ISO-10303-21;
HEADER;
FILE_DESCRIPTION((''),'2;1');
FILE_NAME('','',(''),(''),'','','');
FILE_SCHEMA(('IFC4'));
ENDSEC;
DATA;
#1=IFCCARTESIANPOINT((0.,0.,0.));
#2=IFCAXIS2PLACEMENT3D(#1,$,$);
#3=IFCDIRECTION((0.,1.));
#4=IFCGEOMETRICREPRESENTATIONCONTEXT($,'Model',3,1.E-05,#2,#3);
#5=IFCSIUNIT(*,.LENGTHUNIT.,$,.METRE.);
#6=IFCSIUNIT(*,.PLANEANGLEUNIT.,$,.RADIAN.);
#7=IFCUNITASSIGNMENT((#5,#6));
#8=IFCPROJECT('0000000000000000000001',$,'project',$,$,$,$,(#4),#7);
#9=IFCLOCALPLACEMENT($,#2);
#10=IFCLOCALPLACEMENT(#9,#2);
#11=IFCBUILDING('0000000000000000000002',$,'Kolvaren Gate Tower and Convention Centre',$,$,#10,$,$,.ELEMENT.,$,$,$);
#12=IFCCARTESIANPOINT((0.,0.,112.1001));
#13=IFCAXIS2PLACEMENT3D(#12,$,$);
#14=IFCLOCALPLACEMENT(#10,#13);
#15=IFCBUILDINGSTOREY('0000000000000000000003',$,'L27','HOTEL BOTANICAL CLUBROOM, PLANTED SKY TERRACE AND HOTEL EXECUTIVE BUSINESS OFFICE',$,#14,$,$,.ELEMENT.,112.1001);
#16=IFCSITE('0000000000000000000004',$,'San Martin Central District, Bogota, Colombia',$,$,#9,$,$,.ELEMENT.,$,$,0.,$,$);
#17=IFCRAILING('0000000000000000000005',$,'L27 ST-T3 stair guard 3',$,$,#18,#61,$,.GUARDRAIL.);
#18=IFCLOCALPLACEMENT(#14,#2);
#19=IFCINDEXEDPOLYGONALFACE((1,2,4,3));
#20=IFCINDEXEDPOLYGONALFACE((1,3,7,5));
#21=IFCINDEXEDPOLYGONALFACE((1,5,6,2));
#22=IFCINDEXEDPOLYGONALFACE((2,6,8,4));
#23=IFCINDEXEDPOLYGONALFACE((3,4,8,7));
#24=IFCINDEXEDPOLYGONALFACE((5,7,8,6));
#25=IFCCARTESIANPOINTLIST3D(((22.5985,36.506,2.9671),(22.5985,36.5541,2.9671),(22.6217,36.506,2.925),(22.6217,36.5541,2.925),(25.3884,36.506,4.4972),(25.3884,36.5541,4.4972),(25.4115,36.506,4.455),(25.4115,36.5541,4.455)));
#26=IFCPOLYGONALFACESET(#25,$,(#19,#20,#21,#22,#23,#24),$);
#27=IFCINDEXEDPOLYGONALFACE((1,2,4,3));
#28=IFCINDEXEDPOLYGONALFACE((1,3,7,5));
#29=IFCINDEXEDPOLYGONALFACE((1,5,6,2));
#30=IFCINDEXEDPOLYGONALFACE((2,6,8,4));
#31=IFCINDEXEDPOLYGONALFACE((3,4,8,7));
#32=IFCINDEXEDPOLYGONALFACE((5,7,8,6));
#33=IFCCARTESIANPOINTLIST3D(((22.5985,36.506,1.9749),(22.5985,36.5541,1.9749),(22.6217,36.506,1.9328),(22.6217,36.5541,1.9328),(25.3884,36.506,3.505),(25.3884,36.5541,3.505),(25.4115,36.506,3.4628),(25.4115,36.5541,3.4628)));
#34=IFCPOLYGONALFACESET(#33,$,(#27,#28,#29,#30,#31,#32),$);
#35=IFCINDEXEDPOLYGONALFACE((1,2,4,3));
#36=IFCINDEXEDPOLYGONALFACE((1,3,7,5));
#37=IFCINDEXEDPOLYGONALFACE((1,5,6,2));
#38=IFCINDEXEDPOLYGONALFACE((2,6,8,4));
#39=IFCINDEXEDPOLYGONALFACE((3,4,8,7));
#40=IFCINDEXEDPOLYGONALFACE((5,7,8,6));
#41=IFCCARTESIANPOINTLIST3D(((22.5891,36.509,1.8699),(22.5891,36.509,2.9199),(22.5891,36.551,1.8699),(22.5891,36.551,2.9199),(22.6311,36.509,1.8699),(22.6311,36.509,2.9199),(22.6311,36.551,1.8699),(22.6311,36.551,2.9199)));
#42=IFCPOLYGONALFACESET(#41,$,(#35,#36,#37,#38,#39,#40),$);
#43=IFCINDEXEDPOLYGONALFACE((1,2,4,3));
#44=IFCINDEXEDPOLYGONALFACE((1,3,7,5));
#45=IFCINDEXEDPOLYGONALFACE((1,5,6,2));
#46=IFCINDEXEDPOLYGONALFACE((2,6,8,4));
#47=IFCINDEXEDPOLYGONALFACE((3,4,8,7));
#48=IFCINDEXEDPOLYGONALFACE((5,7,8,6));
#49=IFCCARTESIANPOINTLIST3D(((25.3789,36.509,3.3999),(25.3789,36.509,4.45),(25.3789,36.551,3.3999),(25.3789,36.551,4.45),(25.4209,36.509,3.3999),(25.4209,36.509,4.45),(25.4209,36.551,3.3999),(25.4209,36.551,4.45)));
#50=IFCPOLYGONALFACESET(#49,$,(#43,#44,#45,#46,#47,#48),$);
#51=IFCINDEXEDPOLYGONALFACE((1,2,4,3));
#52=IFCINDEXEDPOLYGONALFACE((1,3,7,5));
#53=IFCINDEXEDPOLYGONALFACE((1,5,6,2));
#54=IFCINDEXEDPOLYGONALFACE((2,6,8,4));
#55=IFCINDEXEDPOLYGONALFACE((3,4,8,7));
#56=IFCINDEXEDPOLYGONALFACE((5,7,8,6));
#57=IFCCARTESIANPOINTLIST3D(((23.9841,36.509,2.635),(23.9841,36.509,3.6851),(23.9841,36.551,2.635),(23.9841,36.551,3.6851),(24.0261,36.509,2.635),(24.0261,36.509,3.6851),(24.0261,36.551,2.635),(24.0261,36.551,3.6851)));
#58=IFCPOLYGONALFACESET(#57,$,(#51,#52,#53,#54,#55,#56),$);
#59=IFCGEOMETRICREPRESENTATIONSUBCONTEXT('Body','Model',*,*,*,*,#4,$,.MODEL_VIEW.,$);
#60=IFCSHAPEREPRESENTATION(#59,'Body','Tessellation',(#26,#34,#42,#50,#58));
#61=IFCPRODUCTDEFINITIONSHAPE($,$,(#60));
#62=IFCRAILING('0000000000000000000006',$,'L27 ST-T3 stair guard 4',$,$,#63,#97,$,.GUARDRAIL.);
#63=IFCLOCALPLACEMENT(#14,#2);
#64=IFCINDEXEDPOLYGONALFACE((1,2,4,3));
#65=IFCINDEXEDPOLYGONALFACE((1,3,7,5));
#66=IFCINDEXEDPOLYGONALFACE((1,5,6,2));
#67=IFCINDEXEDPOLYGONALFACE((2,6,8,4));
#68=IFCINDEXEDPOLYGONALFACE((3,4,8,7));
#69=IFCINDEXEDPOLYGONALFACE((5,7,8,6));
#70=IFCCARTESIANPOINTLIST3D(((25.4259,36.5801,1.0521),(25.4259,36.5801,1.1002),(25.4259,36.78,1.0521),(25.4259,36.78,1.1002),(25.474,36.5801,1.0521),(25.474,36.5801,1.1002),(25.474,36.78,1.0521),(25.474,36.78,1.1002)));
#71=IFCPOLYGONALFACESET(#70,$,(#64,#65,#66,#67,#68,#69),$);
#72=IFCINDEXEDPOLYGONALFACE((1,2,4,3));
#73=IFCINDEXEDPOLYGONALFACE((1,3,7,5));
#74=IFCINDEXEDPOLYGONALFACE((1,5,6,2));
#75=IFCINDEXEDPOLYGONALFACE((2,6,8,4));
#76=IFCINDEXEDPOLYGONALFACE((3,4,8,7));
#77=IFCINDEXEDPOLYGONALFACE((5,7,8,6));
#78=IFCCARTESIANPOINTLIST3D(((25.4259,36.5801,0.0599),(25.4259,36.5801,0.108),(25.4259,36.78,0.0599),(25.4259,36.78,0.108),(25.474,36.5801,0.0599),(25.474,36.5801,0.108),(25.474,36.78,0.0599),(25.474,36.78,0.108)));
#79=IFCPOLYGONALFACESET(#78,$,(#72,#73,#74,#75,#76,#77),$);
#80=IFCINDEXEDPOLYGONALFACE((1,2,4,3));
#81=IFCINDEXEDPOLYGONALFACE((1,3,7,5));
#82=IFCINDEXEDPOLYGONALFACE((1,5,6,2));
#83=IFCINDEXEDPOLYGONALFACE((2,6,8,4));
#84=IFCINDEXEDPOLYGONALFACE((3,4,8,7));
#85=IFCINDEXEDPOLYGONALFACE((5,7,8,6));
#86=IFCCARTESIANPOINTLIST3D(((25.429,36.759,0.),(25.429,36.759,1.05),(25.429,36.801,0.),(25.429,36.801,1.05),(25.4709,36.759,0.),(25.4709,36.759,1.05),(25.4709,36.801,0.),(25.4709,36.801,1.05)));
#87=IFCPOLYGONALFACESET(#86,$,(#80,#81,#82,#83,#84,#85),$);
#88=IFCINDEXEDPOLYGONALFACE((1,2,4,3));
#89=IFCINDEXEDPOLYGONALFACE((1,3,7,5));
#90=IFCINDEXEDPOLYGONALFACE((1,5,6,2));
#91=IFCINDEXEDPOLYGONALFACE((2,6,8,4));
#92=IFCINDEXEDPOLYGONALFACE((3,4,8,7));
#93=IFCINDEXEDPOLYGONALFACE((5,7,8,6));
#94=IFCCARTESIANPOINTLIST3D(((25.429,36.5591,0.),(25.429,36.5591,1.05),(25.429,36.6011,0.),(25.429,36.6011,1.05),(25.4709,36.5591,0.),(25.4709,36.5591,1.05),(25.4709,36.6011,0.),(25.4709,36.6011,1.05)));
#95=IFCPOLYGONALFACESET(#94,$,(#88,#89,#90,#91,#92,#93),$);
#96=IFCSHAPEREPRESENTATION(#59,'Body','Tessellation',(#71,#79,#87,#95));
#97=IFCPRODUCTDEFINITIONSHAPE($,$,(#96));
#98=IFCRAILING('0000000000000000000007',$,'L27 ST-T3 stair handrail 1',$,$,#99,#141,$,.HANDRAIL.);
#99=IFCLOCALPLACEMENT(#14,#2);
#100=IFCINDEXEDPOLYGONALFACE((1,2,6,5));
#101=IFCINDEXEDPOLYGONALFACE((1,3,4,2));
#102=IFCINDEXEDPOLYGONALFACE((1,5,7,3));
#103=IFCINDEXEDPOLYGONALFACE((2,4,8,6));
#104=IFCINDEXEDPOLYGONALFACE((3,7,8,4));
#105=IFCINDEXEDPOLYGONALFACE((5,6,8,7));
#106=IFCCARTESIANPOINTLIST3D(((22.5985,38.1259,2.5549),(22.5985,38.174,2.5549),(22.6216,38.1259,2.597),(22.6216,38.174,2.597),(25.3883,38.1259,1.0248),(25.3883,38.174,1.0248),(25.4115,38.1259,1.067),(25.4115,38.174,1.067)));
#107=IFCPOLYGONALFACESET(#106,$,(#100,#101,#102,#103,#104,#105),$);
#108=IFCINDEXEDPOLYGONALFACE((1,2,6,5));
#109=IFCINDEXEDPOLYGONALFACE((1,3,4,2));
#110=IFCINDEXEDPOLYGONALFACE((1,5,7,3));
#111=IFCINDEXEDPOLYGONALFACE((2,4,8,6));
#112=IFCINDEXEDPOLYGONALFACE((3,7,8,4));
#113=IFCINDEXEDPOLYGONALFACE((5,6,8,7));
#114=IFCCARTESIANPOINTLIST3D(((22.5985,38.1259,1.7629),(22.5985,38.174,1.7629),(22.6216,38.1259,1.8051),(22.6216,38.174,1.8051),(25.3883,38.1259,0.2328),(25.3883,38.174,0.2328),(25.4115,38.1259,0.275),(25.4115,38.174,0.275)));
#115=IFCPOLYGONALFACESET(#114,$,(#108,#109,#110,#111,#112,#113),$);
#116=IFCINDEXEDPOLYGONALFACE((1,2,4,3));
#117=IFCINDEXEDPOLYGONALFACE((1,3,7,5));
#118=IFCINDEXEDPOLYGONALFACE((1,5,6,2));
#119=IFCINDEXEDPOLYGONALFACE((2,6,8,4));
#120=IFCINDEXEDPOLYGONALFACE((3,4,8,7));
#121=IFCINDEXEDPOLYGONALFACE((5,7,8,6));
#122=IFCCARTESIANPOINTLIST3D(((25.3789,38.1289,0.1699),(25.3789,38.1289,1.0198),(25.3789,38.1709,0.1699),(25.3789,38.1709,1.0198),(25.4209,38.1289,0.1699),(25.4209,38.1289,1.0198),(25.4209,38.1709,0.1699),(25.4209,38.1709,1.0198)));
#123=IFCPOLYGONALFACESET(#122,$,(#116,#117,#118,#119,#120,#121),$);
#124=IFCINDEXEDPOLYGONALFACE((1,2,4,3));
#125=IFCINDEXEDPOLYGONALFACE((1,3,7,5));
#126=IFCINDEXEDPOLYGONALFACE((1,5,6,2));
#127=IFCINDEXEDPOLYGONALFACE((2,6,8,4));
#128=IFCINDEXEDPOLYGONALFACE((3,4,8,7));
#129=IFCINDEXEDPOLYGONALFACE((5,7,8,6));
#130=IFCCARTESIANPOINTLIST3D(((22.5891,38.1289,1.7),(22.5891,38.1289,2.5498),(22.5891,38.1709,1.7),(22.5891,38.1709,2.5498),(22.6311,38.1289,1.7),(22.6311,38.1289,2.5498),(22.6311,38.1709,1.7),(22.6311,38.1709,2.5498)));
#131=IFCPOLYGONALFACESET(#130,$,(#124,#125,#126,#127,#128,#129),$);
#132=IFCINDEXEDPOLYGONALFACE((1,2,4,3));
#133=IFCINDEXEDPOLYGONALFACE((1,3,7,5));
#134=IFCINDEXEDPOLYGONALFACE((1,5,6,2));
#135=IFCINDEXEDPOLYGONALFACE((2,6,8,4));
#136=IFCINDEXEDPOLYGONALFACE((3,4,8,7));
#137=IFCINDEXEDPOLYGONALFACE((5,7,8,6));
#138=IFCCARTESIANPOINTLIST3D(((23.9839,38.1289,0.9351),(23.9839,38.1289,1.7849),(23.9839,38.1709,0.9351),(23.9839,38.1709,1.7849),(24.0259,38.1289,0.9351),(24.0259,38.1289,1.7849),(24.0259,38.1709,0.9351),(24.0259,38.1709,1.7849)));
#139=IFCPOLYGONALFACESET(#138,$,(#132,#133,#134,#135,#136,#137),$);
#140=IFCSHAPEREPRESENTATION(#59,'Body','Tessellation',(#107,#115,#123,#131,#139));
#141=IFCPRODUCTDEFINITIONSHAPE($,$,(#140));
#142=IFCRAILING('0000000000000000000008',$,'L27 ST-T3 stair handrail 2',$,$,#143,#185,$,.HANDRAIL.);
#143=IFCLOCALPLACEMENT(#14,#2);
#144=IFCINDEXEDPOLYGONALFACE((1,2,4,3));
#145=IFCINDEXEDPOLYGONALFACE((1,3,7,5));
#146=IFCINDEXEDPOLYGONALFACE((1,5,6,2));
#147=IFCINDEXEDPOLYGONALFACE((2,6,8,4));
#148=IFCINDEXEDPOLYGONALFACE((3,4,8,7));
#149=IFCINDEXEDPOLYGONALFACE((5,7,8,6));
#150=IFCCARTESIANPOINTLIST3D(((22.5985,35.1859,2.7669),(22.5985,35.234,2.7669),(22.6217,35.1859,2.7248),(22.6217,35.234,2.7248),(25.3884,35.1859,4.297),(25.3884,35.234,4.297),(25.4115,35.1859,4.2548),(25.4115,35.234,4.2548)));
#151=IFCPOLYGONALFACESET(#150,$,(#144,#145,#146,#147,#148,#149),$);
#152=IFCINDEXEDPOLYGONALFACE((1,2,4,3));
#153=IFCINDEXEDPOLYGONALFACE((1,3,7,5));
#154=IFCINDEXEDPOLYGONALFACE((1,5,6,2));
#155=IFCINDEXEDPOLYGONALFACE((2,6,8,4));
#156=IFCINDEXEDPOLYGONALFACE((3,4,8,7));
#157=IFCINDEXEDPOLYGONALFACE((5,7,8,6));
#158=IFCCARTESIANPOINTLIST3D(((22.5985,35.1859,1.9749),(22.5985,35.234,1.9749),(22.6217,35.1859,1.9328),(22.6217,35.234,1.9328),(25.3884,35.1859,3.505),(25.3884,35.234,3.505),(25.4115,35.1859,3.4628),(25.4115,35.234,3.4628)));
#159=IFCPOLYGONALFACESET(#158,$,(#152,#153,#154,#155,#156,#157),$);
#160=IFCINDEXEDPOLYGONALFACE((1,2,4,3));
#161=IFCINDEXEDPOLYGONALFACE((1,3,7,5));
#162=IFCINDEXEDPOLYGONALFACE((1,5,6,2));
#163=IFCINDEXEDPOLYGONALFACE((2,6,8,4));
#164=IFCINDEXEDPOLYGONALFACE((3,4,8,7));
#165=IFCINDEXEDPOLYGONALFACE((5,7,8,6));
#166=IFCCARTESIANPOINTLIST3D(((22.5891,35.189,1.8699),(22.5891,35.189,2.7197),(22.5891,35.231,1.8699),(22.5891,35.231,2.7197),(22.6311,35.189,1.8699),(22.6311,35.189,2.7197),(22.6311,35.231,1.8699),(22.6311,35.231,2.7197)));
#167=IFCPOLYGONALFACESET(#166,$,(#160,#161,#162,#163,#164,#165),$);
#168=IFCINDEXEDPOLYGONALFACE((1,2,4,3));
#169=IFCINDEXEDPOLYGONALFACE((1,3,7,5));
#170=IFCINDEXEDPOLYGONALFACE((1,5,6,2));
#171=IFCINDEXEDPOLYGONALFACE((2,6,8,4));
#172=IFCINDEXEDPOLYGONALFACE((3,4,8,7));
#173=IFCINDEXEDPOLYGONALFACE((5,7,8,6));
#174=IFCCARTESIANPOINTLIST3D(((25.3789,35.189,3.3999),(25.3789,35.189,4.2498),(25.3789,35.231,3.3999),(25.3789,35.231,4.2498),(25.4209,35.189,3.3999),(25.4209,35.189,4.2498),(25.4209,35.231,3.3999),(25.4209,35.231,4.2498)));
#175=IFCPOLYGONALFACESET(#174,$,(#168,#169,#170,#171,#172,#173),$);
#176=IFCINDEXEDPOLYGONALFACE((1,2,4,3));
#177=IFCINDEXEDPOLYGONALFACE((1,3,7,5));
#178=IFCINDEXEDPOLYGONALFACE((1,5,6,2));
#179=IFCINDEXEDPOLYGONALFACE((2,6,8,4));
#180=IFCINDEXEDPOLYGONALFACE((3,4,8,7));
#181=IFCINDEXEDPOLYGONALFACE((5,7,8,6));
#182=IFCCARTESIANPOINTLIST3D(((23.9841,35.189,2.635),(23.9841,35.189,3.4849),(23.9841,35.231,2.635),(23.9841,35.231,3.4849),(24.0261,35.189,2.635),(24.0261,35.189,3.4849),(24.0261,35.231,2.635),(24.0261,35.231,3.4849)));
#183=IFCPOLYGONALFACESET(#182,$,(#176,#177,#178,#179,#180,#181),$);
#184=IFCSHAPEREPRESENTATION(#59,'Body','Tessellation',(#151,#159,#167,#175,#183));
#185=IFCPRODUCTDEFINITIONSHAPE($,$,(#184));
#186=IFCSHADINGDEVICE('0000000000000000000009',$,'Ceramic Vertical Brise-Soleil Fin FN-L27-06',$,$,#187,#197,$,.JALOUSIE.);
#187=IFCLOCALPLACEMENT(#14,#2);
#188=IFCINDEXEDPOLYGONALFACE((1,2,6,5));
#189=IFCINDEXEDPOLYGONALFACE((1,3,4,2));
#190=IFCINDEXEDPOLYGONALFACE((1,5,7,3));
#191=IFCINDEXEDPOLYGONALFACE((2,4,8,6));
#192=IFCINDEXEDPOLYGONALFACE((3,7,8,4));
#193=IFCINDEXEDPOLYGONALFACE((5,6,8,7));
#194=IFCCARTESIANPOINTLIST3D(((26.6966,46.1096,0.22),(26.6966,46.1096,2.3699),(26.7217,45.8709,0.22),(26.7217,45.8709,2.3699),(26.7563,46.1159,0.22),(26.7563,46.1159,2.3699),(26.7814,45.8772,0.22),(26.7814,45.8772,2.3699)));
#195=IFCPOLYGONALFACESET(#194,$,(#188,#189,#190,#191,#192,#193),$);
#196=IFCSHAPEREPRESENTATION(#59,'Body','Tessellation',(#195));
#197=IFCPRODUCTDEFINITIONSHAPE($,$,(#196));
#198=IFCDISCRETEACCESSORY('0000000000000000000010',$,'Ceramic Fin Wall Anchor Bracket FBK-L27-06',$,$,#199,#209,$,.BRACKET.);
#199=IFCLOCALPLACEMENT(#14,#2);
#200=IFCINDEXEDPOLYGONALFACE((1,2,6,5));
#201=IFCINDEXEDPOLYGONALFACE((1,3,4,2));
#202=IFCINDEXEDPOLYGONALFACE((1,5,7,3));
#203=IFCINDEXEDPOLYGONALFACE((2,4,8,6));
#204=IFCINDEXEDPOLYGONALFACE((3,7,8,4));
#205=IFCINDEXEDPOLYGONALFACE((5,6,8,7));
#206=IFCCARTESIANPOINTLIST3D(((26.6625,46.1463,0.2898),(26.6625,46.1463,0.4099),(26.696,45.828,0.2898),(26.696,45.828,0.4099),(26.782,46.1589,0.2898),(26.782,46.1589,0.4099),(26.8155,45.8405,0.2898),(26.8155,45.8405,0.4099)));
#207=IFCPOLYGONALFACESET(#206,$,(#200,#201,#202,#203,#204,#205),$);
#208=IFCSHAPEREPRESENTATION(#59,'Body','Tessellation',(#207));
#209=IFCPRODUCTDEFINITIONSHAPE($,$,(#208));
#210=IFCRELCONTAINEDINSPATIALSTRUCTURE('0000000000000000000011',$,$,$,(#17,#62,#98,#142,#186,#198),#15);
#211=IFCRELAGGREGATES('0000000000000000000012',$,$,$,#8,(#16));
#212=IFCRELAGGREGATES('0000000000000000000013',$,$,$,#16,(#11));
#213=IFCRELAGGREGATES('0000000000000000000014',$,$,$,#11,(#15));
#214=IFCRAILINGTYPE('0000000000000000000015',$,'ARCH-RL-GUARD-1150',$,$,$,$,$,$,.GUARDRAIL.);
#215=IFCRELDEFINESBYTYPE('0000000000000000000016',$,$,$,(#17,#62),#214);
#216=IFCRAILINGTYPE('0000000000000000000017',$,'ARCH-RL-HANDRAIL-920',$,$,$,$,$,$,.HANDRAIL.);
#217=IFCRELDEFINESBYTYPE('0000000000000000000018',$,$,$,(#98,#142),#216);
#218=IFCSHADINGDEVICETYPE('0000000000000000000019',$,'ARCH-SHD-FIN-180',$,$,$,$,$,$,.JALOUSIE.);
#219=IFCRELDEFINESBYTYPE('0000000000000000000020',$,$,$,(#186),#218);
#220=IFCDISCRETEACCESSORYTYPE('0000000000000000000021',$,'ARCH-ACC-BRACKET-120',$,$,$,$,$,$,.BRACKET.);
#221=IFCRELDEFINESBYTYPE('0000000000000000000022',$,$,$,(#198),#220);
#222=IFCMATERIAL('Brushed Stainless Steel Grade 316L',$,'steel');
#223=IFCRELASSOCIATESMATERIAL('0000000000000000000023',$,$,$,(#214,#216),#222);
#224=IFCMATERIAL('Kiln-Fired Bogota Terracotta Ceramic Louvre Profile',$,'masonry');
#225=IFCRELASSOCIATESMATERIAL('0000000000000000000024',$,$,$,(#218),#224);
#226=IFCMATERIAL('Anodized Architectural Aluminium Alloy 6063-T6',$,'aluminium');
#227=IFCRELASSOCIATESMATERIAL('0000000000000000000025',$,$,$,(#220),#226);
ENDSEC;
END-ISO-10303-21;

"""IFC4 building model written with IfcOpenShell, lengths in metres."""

from ifc_helpers import new_model, si_unit, direction, frame, origin, origin_2d, place, context, subcontext, project, spatial, rectangle, extrude, material, type_object, element, save


model = new_model("IFC4")

# Units and contexts
model_context = context("Model", 3, precision=1e-05, world=origin(), true_north=direction((0.0, 1.0)))
body_context = subcontext(model_context, "Body", "Model", "MODEL_VIEW")
ifc_project = project(units=[si_unit("LENGTHUNIT", "METRE"), si_unit("PLANEANGLEUNIT", "RADIAN")], contexts=[model_context])

# Site, building, storey
site_placement = place(None, origin())
site = spatial("IfcSite", under=ifc_project, at=site_placement, Name="San Martin Central District, Bogota, Colombia", CompositionType="ELEMENT", RefElevation=0.0)
building_placement = place(site_placement, origin())
building = spatial("IfcBuilding", under=site, at=building_placement, Name="Kolvaren Gate Tower and Convention Centre", CompositionType="ELEMENT")
storey_placement = place(building_placement, frame((0.0, 0.0, 112.1001)))
storey = spatial("IfcBuildingStorey", under=building, at=storey_placement, Name="L27", Description="HOTEL BOTANICAL CLUBROOM, PLANTED SKY TERRACE AND HOTEL EXECUTIVE BUSINESS OFFICE", CompositionType="ELEMENT", Elevation=112.1001)

# Railings
ifc_material_1 = material(Name="Brushed Stainless Steel Grade 316L", Category="steel")
railing_type_1 = type_object("IfcRailingType", Name="ARCH-RL-GUARD-1150", PredefinedType="GUARDRAIL", material=ifc_material_1)
railing_1_placement = place(storey_placement, frame((22.6101, 36.53, 1.8699)))
element("IfcRailing", 1, at=railing_1_placement, inside=storey, type_object=railing_type_1, Name="L27 ST-T3 stair guard 3", PredefinedType="GUARDRAIL", context=body_context, shape_type="SweptSolid", body=[
    extrude(rectangle(XDim=0.0481, YDim=0.0481, at=origin_2d()), frame((0.0, 0.0, 1.0762), z_axis=(0.876794, 0.0, 0.480867), x_axis=(0.0, 1.0, 0.0)), (0.0, 0.0, 1.0), 3.1819),
    extrude(rectangle(XDim=0.0481, YDim=0.0481, at=origin_2d()), frame((0.0, 0.0, 0.084), z_axis=(0.876794, 0.0, 0.480867), x_axis=(0.0, 1.0, 0.0)), (0.0, 0.0, 1.0), 3.1819),
    extrude(rectangle(XDim=0.042, YDim=0.042, at=origin_2d()), origin(), (0.0, 0.0, 1.0), 1.05),
    extrude(rectangle(XDim=0.042, YDim=0.042, at=origin_2d()), frame((2.7898, 0.0, 1.53)), (0.0, 0.0, 1.0), 1.05),
    extrude(rectangle(XDim=0.042, YDim=0.042, at=origin_2d()), frame((1.395, 0.0, 0.7651)), (0.0, 0.0, 1.0), 1.05),
])
railing_2_placement = place(storey_placement, frame((25.45, 36.78, 0.0)))
element("IfcRailing", 2, at=railing_2_placement, inside=storey, type_object=railing_type_1, Name="L27 ST-T3 stair guard 4", PredefinedType="GUARDRAIL", context=body_context, shape_type="SweptSolid", body=[
    extrude(rectangle(XDim=0.0481, YDim=0.0481, at=origin_2d()), frame((0.0, 0.0, 1.0762), z_axis=(0.0, -1.0, 0.0), x_axis=(1.0, 0.0, 0.0)), (0.0, 0.0, 1.0), 0.2),
    extrude(rectangle(XDim=0.0481, YDim=0.0481, at=origin_2d()), frame((0.0, 0.0, 0.084), z_axis=(0.0, -1.0, 0.0), x_axis=(1.0, 0.0, 0.0)), (0.0, 0.0, 1.0), 0.2),
    extrude(rectangle(XDim=0.042, YDim=0.042, at=origin_2d()), origin(), (0.0, 0.0, 1.0), 1.05),
    extrude(rectangle(XDim=0.042, YDim=0.042, at=origin_2d()), frame((0.0, -0.2, 0.0)), (0.0, 0.0, 1.0), 1.05),
])
railing_type_2 = type_object("IfcRailingType", Name="ARCH-RL-HANDRAIL-920", PredefinedType="HANDRAIL", material=ifc_material_1)
railing_3_placement = place(storey_placement, frame((25.3999, 38.1499, 0.1699)))
element("IfcRailing", 3, at=railing_3_placement, inside=storey, type_object=railing_type_2, Name="L27 ST-T3 stair handrail 1", PredefinedType="HANDRAIL", context=body_context, shape_type="SweptSolid", body=[
    extrude(rectangle(XDim=0.0481, YDim=0.0481, at=origin_2d()), frame((0.0, 0.0, 0.876), z_axis=(-0.876794, 0.0, 0.480867), x_axis=(0.0, -1.0, 0.0)), (0.0, 0.0, 1.0), 3.1819),
    extrude(rectangle(XDim=0.0481, YDim=0.0481, at=origin_2d()), frame((0.0, 0.0, 0.084), z_axis=(-0.876794, 0.0, 0.480867), x_axis=(0.0, -1.0, 0.0)), (0.0, 0.0, 1.0), 3.1819),
    extrude(rectangle(XDim=0.042, YDim=0.042, at=origin_2d()), origin(), (0.0, 0.0, 1.0), 0.8499),
    extrude(rectangle(XDim=0.042, YDim=0.042, at=origin_2d()), frame((-2.7898, 0.0, 1.53)), (0.0, 0.0, 1.0), 0.8499),
    extrude(rectangle(XDim=0.042, YDim=0.042, at=origin_2d()), frame((-1.395, 0.0, 0.7651)), (0.0, 0.0, 1.0), 0.8499),
])
railing_4_placement = place(storey_placement, frame((22.6101, 35.21, 1.8699)))
element("IfcRailing", 4, at=railing_4_placement, inside=storey, type_object=railing_type_2, Name="L27 ST-T3 stair handrail 2", PredefinedType="HANDRAIL", context=body_context, shape_type="SweptSolid", body=[
    extrude(rectangle(XDim=0.0481, YDim=0.0481, at=origin_2d()), frame((0.0, 0.0, 0.876), z_axis=(0.876794, 0.0, 0.480867), x_axis=(0.0, 1.0, 0.0)), (0.0, 0.0, 1.0), 3.1819),
    extrude(rectangle(XDim=0.0481, YDim=0.0481, at=origin_2d()), frame((0.0, 0.0, 0.084), z_axis=(0.876794, 0.0, 0.480867), x_axis=(0.0, 1.0, 0.0)), (0.0, 0.0, 1.0), 3.1819),
    extrude(rectangle(XDim=0.042, YDim=0.042, at=origin_2d()), origin(), (0.0, 0.0, 1.0), 0.8499),
    extrude(rectangle(XDim=0.042, YDim=0.042, at=origin_2d()), frame((2.7898, 0.0, 1.53)), (0.0, 0.0, 1.0), 0.8499),
    extrude(rectangle(XDim=0.042, YDim=0.042, at=origin_2d()), frame((1.395, 0.0, 0.7651)), (0.0, 0.0, 1.0), 0.8499),
])

# Shading device
ifc_material_2 = material(Name="Kiln-Fired Bogota Terracotta Ceramic Louvre Profile", Category="masonry")
shading_device_type = type_object("IfcShadingDeviceType", Name="ARCH-SHD-FIN-180", PredefinedType="JALOUSIE", material=ifc_material_2)
shading_device_placement = place(storey_placement, frame((26.739, 45.9934, 0.22), z_axis=(0.0, 0.0, 1.0), x_axis=(0.9945, 0.104737, 0.0)))
element("IfcShadingDevice", 5, at=shading_device_placement, inside=storey, type_object=shading_device_type, Name="Ceramic Vertical Brise-Soleil Fin FN-L27-06", PredefinedType="JALOUSIE", context=body_context, shape_type="SweptSolid", body=[
    extrude(rectangle(XDim=0.0601, YDim=0.24, at=origin_2d()), origin(), (0.0, 0.0, 1.0), 2.1499),
])

# Discrete accessory
ifc_material_3 = material(Name="Anodized Architectural Aluminium Alloy 6063-T6", Category="aluminium")
discrete_accessory_type = type_object("IfcDiscreteAccessoryType", Name="ARCH-ACC-BRACKET-120", PredefinedType="BRACKET", material=ifc_material_3)
discrete_accessory_placement = place(storey_placement, frame((26.739, 45.9934, 0.2898), z_axis=(0.0, 0.0, 1.0), x_axis=(0.9945, 0.104737, 0.0)))
element("IfcDiscreteAccessory", 6, at=discrete_accessory_placement, inside=storey, type_object=discrete_accessory_type, Name="Ceramic Fin Wall Anchor Bracket FBK-L27-06", PredefinedType="BRACKET", context=body_context, shape_type="SweptSolid", body=[
    extrude(rectangle(XDim=0.1201, YDim=0.3201, at=origin_2d()), origin(), (0.0, 0.0, 1.0), 0.1201),
])

save(model, "model.ifc")
